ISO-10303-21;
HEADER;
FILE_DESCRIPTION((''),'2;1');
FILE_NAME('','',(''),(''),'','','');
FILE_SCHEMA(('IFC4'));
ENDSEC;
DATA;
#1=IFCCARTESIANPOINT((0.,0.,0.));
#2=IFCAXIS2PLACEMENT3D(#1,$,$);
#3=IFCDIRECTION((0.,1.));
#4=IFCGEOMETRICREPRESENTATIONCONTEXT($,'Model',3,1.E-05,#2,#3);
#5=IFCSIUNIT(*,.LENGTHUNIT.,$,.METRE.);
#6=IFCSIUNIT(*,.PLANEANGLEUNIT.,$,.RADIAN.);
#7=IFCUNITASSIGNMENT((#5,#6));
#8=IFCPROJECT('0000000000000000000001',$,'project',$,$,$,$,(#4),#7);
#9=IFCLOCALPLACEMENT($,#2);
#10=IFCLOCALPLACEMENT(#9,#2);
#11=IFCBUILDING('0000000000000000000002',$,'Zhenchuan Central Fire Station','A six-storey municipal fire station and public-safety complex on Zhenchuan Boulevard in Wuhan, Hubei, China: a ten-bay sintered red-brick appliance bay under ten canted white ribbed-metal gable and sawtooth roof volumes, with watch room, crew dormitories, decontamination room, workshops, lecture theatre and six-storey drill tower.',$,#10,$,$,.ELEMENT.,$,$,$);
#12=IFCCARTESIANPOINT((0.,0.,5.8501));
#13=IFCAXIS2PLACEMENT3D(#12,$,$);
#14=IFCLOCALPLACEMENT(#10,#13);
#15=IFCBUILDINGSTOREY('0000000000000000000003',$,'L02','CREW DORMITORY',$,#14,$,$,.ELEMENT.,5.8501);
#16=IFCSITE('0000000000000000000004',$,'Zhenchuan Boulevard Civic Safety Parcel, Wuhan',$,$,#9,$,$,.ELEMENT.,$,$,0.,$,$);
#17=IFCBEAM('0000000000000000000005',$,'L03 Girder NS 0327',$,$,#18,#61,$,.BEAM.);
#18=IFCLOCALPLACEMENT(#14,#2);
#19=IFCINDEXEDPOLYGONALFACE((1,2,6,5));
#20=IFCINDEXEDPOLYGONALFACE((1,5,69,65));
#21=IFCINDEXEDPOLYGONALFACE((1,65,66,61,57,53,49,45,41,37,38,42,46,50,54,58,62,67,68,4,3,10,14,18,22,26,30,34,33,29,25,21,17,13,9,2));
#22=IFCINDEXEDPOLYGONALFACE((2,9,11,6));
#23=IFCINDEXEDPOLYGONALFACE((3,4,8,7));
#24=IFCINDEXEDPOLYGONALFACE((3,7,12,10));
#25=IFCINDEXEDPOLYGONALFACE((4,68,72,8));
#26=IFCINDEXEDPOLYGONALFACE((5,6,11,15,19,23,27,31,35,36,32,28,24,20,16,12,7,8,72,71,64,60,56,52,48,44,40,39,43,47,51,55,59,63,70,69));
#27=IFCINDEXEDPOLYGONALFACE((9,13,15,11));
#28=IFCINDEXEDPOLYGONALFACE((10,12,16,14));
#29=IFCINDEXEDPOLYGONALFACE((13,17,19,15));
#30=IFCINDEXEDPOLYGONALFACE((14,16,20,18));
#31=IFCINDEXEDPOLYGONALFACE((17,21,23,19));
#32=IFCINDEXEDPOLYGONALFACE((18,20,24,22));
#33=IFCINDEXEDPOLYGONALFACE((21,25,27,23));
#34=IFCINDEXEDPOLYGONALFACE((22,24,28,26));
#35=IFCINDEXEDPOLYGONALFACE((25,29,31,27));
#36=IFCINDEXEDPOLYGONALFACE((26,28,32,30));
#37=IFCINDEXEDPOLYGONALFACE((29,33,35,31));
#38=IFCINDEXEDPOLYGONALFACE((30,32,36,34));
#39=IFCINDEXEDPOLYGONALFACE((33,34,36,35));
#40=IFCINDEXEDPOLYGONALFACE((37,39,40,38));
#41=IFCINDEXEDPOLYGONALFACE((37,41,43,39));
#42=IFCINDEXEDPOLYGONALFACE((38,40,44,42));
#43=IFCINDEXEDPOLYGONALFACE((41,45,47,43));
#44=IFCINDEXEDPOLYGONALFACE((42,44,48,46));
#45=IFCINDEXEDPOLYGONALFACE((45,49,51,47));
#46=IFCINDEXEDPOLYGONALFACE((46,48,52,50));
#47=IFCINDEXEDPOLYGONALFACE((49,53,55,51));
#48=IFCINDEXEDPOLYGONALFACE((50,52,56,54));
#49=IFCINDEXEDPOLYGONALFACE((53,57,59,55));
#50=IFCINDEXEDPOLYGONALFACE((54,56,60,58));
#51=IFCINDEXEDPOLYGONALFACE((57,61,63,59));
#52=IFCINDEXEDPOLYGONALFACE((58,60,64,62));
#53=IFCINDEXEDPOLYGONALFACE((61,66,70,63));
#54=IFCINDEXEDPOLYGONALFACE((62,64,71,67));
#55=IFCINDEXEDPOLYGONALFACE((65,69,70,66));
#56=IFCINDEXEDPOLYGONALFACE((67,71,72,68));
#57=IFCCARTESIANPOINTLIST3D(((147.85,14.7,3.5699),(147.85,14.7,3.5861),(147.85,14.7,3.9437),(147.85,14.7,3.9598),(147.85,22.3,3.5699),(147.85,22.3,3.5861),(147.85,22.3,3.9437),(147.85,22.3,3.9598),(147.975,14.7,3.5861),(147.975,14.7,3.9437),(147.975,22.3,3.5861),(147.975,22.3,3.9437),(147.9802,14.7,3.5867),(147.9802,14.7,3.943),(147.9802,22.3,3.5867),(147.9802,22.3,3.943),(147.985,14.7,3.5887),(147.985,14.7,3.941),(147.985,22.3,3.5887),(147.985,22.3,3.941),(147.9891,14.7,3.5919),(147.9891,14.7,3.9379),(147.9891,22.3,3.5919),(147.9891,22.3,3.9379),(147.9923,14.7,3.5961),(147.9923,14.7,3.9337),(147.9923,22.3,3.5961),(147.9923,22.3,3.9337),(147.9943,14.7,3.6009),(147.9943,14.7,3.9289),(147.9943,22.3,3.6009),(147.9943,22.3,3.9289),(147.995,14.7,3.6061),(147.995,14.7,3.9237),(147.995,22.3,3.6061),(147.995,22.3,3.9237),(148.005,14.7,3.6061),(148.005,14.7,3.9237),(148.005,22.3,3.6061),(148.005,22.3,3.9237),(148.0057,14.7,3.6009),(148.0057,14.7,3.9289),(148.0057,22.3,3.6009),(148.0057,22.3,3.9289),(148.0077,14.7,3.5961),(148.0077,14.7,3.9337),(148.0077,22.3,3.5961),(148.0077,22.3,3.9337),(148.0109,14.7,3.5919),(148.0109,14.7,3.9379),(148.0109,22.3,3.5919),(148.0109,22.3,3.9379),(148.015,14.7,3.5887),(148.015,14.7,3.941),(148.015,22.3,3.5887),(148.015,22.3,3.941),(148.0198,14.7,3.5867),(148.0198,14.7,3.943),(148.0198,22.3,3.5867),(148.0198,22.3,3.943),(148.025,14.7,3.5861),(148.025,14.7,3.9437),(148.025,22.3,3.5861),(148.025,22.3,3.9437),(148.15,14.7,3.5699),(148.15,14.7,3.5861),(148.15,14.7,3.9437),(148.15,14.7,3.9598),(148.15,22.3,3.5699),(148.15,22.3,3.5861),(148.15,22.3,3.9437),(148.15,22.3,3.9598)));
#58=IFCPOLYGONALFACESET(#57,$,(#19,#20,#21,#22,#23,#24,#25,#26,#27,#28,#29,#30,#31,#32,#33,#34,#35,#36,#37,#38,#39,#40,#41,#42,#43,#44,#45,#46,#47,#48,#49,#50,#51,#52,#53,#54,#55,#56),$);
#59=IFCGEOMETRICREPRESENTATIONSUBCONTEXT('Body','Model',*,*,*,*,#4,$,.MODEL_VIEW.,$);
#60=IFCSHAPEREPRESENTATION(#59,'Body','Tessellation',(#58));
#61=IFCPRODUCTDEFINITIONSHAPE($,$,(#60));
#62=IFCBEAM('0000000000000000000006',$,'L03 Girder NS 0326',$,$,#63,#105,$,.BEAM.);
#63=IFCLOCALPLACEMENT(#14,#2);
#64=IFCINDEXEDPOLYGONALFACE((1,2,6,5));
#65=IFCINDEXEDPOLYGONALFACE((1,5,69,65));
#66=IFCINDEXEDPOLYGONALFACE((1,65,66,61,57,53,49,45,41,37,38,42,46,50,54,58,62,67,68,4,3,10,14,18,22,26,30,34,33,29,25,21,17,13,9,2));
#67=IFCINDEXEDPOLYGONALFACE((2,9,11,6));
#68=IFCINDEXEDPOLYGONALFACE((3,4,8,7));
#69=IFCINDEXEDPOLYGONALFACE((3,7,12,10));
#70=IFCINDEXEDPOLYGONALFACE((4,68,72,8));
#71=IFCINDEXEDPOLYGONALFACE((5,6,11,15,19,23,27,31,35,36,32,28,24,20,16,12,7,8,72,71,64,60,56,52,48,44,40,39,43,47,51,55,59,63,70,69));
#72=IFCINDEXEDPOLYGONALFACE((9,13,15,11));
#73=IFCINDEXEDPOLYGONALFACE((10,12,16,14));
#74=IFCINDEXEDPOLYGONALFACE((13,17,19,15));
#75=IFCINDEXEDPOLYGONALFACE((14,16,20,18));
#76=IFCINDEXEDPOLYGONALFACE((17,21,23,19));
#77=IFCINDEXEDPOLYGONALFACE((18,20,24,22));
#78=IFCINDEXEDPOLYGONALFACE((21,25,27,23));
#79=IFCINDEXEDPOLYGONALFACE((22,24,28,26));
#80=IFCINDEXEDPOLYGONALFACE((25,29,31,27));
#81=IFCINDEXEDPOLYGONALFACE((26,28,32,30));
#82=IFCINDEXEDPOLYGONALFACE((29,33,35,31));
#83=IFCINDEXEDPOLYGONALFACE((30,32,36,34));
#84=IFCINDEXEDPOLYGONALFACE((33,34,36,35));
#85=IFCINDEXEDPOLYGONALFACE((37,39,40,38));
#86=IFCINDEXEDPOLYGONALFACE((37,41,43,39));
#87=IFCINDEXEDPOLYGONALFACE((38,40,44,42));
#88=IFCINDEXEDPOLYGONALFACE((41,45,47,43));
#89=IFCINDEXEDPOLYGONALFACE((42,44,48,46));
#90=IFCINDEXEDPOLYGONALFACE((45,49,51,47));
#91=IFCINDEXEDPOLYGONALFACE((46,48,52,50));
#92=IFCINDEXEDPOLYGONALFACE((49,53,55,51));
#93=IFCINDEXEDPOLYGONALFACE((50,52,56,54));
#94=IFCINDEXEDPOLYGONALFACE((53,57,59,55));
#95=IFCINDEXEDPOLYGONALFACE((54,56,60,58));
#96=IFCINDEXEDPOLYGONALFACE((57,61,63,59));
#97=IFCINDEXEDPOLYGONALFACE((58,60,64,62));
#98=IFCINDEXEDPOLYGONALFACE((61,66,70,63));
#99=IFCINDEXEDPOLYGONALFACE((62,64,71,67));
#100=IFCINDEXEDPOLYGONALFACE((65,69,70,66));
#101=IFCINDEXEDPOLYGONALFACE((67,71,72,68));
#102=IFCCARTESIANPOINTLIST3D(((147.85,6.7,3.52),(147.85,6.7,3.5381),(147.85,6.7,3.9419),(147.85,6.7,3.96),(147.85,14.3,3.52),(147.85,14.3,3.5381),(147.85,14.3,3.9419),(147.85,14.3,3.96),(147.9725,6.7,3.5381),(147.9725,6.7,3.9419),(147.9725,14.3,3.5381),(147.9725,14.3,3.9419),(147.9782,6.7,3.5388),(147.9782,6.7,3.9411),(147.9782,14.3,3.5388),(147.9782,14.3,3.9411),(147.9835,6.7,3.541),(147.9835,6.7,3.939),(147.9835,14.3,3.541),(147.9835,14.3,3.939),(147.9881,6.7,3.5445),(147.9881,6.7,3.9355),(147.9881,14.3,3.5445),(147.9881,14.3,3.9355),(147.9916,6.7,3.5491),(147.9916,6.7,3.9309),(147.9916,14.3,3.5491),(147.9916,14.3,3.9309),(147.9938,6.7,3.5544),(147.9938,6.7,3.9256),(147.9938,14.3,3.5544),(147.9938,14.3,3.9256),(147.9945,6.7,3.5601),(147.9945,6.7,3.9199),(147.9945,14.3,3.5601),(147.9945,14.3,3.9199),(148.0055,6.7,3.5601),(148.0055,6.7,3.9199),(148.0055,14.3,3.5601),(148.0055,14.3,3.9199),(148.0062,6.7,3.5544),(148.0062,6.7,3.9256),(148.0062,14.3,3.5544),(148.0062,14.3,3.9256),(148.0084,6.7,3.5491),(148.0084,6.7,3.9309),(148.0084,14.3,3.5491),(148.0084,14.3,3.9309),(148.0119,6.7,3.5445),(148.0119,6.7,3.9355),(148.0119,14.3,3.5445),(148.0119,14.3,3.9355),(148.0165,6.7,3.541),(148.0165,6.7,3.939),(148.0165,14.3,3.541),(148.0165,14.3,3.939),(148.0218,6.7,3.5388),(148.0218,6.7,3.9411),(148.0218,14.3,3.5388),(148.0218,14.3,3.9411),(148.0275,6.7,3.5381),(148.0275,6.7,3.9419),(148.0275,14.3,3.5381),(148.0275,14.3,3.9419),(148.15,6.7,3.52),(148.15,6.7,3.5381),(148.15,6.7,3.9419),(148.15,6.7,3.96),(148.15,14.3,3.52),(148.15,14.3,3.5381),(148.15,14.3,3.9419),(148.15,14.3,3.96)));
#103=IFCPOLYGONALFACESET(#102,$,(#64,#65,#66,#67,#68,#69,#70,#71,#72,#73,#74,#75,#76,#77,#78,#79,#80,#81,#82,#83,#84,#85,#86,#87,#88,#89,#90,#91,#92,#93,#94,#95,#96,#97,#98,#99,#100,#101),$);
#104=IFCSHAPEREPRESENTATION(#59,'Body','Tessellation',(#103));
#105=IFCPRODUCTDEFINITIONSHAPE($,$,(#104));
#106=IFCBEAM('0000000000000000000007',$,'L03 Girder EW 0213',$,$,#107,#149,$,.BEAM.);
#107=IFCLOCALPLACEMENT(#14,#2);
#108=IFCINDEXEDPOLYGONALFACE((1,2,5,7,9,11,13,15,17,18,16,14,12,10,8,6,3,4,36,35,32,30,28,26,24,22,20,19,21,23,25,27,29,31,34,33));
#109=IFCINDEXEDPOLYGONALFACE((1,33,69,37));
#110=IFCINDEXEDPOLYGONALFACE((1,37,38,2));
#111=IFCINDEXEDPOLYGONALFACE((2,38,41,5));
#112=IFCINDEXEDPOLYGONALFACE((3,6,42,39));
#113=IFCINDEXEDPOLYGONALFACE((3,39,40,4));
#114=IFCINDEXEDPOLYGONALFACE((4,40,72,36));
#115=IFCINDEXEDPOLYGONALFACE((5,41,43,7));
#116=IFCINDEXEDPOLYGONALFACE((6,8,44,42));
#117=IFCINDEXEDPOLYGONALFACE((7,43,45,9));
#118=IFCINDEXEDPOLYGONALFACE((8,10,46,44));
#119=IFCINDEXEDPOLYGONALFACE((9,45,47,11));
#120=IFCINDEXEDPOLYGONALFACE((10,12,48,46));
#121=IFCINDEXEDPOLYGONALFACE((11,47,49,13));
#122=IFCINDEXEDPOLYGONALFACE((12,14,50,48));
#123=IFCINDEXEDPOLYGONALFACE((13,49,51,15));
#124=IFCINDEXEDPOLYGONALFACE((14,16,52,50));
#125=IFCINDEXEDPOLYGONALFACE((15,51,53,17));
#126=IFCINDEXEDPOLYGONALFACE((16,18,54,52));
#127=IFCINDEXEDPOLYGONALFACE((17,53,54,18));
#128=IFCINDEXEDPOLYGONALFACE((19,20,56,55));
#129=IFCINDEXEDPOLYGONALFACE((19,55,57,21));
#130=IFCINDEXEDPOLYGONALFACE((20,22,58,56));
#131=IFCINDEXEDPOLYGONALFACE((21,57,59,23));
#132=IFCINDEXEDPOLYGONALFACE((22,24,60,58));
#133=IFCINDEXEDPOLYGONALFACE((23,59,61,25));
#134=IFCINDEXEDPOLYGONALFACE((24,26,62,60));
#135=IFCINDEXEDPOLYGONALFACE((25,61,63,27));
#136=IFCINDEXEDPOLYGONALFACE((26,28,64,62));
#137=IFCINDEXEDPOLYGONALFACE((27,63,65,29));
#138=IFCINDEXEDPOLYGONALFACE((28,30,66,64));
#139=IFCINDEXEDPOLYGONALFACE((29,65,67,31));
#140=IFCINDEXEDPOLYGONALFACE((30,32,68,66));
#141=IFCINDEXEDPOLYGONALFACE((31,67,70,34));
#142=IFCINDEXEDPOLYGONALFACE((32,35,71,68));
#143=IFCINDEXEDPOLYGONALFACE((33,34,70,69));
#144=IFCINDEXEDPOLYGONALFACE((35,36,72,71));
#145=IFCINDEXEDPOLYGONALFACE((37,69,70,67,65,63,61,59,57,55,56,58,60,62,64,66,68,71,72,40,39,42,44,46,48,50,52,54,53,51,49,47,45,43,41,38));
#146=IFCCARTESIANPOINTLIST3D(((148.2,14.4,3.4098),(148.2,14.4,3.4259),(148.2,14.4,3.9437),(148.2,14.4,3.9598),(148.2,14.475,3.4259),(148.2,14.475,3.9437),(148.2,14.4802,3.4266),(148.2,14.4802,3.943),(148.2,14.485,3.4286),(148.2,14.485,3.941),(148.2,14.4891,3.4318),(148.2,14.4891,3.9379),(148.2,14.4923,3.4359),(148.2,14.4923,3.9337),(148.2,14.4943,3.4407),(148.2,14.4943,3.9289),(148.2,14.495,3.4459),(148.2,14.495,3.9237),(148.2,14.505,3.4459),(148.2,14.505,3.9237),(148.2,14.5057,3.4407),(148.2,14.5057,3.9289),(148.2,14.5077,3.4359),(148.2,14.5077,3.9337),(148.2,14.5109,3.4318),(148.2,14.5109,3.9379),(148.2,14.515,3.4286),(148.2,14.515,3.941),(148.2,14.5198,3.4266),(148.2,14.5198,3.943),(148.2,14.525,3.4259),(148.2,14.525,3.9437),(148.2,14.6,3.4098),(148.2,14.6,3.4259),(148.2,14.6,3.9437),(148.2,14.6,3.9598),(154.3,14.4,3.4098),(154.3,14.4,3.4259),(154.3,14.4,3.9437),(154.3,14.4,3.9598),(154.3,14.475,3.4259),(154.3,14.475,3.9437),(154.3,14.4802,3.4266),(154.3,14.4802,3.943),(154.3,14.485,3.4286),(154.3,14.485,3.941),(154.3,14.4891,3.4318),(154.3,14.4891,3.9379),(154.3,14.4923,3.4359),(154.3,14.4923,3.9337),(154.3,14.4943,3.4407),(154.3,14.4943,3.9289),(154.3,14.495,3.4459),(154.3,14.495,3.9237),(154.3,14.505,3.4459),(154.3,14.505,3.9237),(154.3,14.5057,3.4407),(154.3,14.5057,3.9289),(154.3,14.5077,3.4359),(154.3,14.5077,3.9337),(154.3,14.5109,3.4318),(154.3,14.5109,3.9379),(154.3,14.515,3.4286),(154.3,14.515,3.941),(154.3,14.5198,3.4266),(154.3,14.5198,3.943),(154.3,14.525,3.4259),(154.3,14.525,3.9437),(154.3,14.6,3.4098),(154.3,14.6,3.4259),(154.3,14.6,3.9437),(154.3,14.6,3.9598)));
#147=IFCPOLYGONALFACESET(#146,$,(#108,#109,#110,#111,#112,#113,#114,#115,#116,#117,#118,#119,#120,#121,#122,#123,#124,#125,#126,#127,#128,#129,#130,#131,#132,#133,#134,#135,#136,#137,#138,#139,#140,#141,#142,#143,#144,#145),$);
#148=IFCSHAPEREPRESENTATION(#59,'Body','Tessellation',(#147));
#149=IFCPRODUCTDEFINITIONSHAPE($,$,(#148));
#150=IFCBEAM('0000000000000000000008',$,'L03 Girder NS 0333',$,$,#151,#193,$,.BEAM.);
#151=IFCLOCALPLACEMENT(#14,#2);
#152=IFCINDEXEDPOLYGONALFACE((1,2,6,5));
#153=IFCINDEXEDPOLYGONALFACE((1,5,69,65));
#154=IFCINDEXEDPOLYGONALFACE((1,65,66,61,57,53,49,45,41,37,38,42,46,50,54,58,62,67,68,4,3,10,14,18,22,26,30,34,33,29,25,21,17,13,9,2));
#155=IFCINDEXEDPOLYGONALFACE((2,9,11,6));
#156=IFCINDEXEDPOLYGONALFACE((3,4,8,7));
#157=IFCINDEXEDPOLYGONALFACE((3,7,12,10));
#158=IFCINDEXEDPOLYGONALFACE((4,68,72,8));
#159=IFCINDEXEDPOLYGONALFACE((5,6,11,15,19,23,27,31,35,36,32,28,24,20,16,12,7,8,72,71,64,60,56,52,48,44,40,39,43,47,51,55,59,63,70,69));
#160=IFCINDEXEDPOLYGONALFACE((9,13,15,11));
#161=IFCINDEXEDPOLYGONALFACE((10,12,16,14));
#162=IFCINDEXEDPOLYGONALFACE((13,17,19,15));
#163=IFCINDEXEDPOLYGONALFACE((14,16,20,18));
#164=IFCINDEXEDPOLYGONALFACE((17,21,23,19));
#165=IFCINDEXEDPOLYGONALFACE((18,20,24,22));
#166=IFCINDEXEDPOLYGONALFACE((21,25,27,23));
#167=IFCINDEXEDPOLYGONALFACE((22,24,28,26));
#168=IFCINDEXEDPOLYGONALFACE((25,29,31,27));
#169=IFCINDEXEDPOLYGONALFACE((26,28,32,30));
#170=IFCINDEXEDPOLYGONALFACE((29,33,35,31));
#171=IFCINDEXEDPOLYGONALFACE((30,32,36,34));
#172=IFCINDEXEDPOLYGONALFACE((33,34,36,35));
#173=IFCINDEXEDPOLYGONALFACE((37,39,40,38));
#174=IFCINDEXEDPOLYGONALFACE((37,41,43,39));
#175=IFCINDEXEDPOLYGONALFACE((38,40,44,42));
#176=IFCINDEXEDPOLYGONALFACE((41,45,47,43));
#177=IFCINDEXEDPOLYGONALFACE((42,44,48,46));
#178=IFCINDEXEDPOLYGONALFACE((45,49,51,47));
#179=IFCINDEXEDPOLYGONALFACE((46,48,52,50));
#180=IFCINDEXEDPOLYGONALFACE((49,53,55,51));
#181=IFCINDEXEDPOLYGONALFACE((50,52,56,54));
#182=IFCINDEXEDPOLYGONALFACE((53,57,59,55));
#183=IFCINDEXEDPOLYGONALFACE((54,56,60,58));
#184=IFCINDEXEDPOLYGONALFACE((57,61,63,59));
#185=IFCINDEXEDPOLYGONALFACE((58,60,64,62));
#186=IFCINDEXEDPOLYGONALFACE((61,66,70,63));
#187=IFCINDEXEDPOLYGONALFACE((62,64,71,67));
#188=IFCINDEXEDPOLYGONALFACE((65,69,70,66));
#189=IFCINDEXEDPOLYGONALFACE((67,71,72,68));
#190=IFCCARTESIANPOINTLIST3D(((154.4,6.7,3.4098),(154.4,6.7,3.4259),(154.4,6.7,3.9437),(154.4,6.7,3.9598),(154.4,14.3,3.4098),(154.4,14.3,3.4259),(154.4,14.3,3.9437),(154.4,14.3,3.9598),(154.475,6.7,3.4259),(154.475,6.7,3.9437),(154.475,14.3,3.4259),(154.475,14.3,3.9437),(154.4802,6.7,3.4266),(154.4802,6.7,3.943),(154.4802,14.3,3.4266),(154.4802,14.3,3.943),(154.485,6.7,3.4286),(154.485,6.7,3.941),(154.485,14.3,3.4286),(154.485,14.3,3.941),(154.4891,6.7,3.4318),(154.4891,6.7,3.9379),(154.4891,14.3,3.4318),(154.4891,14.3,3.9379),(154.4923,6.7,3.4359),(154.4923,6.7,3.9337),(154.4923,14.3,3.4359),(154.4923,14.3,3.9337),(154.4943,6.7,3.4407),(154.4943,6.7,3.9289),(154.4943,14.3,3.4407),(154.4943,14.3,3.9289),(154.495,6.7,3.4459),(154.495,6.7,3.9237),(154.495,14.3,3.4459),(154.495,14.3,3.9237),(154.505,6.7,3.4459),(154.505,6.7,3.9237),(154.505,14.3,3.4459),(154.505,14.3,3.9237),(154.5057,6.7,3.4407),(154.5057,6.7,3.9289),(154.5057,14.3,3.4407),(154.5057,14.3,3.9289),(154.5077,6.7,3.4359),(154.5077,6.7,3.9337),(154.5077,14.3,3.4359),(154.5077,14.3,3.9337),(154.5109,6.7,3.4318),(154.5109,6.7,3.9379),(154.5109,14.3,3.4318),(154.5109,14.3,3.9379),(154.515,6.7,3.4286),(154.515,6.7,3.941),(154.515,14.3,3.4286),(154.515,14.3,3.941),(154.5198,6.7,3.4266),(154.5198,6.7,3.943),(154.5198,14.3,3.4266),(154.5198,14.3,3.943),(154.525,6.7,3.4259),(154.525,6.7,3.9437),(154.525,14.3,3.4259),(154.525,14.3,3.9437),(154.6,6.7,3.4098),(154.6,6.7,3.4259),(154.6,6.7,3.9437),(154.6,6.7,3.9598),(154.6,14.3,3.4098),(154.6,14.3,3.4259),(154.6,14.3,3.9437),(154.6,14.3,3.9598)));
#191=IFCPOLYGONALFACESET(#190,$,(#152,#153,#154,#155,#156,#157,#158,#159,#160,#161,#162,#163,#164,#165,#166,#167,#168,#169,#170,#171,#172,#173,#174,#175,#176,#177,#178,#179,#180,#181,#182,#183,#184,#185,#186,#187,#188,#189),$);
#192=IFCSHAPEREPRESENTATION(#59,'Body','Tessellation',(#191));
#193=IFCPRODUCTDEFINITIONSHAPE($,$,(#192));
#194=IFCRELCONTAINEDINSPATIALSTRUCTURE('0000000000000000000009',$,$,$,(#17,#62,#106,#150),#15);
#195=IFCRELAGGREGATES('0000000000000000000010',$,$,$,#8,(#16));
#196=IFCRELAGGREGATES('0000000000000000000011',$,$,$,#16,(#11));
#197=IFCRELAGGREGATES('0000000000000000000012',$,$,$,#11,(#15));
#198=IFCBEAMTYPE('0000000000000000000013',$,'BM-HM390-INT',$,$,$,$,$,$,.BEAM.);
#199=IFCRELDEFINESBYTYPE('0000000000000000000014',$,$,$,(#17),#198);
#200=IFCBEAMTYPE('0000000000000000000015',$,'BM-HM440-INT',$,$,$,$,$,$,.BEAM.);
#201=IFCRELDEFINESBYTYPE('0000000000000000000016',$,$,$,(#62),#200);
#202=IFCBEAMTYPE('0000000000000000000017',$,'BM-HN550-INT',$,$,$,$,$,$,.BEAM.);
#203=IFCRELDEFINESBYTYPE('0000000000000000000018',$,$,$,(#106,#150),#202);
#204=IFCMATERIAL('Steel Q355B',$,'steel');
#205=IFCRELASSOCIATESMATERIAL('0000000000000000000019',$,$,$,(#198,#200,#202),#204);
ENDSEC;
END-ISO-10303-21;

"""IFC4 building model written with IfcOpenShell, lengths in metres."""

from ifc_helpers import new_model, si_unit, direction, frame, origin, origin_2d, place, context, subcontext, project, spatial, i_section, extrude, material, material_profile, profile_set, type_object, element, save


model = new_model("IFC4")

# Units and contexts
model_context = context("Model", 3, precision=1e-05, world=origin(), true_north=direction((0.0, 1.0)))
body_context = subcontext(model_context, "Body", "Model", "MODEL_VIEW")
ifc_project = project(units=[si_unit("LENGTHUNIT", "METRE"), si_unit("PLANEANGLEUNIT", "RADIAN")], contexts=[model_context])

# Site, building, storey
site_placement = place(None, origin())
site = spatial("IfcSite", under=ifc_project, at=site_placement, Name="Zhenchuan Boulevard Civic Safety Parcel, Wuhan", CompositionType="ELEMENT", RefElevation=0.0)
building_placement = place(site_placement, origin())
building = spatial("IfcBuilding", under=site, at=building_placement, Name="Zhenchuan Central Fire Station", Description="A six-storey municipal fire station and public-safety complex on Zhenchuan Boulevard in Wuhan, Hubei, China: a ten-bay sintered red-brick appliance bay under ten canted white ribbed-metal gable and sawtooth roof volumes, with watch room, crew dormitories, decontamination room, workshops, lecture theatre and six-storey drill tower.", CompositionType="ELEMENT")
storey_placement = place(building_placement, frame((0.0, 0.0, 5.8501)))
storey = spatial("IfcBuildingStorey", under=building, at=storey_placement, Name="L02", Description="CREW DORMITORY", CompositionType="ELEMENT", Elevation=5.8501)

# Shared definitions
ifc_material_1 = material(Name="Steel Q355B", Category="steel")

# Beams
ifc_material_profile_1 = material_profile(ifc_material_1, i_section(OverallWidth=0.3, OverallDepth=0.3899, WebThickness=0.01, FlangeThickness=0.0161, FilletRadius=0.02, at=origin_2d()), Name="HM 390x300")
ifc_profile_set_1 = profile_set([ifc_material_profile_1], Name="Steel Q355B")
beam_type_1 = type_object("IfcBeamType", Name="BM-HM390-INT", PredefinedType="BEAM", material=ifc_profile_set_1)
beam_1_placement = place(storey_placement, frame((148.0, 14.7, 3.7649), z_axis=(0.0, 1.0, 0.0), x_axis=(-1.0, 0.0, 0.0)))
element("IfcBeam", 1, at=beam_1_placement, inside=storey, type_object=beam_type_1, Name="L03 Girder NS 0327", PredefinedType="BEAM", context=body_context, shape_type="SweptSolid", body=[
    extrude(i_section(OverallWidth=0.3, OverallDepth=0.3899, WebThickness=0.01, FlangeThickness=0.0161, FilletRadius=0.02, at=origin_2d()), origin(), (0.0, 0.0, 1.0), 7.6001),
])
ifc_material_profile_2 = material_profile(ifc_material_1, i_section(OverallWidth=0.3, OverallDepth=0.4399, WebThickness=0.011, FlangeThickness=0.0181, FilletRadius=0.022, at=origin_2d()), Name="HM 440x300")
ifc_profile_set_2 = profile_set([ifc_material_profile_2], Name="Steel Q355B")
beam_type_2 = type_object("IfcBeamType", Name="BM-HM440-INT", PredefinedType="BEAM", material=ifc_profile_set_2)
beam_2_placement = place(storey_placement, frame((148.0, 6.7, 3.74), z_axis=(0.0, 1.0, 0.0), x_axis=(-1.0, 0.0, 0.0)))
element("IfcBeam", 2, at=beam_2_placement, inside=storey, type_object=beam_type_2, Name="L03 Girder NS 0326", PredefinedType="BEAM", context=body_context, shape_type="SweptSolid", body=[
    extrude(i_section(OverallWidth=0.3, OverallDepth=0.4399, WebThickness=0.011, FlangeThickness=0.0181, FilletRadius=0.022, at=origin_2d()), origin(), (0.0, 0.0, 1.0), 7.6001),
])
ifc_material_profile_3 = material_profile(ifc_material_1, i_section(OverallWidth=0.2, OverallDepth=0.55, WebThickness=0.01, FlangeThickness=0.0161, FilletRadius=0.02, at=origin_2d()), Name="HN 550x200")
ifc_profile_set_3 = profile_set([ifc_material_profile_3], Name="Steel Q355B")
beam_type_3 = type_object("IfcBeamType", Name="BM-HN550-INT", PredefinedType="BEAM", material=ifc_profile_set_3)
beam_3_placement = place(storey_placement, frame((148.2, 14.5, 3.6848), z_axis=(1.0, 0.0, 0.0), x_axis=(0.0, 1.0, 0.0)))
element("IfcBeam", 3, at=beam_3_placement, inside=storey, type_object=beam_type_3, Name="L03 Girder EW 0213", PredefinedType="BEAM", context=body_context, shape_type="SweptSolid", body=[
    extrude(i_section(OverallWidth=0.2, OverallDepth=0.55, WebThickness=0.01, FlangeThickness=0.0161, FilletRadius=0.02, at=origin_2d()), origin(), (0.0, 0.0, 1.0), 6.1001),
])
beam_4_placement = place(storey_placement, frame((154.5, 6.7, 3.6848), z_axis=(0.0, 1.0, 0.0), x_axis=(-1.0, 0.0, 0.0)))
element("IfcBeam", 4, at=beam_4_placement, inside=storey, type_object=beam_type_3, Name="L03 Girder NS 0333", PredefinedType="BEAM", context=body_context, shape_type="SweptSolid", body=[
    extrude(i_section(OverallWidth=0.2, OverallDepth=0.55, WebThickness=0.01, FlangeThickness=0.0161, FilletRadius=0.02, at=origin_2d()), origin(), (0.0, 0.0, 1.0), 7.6001),
])

save(model, "model.ifc")
